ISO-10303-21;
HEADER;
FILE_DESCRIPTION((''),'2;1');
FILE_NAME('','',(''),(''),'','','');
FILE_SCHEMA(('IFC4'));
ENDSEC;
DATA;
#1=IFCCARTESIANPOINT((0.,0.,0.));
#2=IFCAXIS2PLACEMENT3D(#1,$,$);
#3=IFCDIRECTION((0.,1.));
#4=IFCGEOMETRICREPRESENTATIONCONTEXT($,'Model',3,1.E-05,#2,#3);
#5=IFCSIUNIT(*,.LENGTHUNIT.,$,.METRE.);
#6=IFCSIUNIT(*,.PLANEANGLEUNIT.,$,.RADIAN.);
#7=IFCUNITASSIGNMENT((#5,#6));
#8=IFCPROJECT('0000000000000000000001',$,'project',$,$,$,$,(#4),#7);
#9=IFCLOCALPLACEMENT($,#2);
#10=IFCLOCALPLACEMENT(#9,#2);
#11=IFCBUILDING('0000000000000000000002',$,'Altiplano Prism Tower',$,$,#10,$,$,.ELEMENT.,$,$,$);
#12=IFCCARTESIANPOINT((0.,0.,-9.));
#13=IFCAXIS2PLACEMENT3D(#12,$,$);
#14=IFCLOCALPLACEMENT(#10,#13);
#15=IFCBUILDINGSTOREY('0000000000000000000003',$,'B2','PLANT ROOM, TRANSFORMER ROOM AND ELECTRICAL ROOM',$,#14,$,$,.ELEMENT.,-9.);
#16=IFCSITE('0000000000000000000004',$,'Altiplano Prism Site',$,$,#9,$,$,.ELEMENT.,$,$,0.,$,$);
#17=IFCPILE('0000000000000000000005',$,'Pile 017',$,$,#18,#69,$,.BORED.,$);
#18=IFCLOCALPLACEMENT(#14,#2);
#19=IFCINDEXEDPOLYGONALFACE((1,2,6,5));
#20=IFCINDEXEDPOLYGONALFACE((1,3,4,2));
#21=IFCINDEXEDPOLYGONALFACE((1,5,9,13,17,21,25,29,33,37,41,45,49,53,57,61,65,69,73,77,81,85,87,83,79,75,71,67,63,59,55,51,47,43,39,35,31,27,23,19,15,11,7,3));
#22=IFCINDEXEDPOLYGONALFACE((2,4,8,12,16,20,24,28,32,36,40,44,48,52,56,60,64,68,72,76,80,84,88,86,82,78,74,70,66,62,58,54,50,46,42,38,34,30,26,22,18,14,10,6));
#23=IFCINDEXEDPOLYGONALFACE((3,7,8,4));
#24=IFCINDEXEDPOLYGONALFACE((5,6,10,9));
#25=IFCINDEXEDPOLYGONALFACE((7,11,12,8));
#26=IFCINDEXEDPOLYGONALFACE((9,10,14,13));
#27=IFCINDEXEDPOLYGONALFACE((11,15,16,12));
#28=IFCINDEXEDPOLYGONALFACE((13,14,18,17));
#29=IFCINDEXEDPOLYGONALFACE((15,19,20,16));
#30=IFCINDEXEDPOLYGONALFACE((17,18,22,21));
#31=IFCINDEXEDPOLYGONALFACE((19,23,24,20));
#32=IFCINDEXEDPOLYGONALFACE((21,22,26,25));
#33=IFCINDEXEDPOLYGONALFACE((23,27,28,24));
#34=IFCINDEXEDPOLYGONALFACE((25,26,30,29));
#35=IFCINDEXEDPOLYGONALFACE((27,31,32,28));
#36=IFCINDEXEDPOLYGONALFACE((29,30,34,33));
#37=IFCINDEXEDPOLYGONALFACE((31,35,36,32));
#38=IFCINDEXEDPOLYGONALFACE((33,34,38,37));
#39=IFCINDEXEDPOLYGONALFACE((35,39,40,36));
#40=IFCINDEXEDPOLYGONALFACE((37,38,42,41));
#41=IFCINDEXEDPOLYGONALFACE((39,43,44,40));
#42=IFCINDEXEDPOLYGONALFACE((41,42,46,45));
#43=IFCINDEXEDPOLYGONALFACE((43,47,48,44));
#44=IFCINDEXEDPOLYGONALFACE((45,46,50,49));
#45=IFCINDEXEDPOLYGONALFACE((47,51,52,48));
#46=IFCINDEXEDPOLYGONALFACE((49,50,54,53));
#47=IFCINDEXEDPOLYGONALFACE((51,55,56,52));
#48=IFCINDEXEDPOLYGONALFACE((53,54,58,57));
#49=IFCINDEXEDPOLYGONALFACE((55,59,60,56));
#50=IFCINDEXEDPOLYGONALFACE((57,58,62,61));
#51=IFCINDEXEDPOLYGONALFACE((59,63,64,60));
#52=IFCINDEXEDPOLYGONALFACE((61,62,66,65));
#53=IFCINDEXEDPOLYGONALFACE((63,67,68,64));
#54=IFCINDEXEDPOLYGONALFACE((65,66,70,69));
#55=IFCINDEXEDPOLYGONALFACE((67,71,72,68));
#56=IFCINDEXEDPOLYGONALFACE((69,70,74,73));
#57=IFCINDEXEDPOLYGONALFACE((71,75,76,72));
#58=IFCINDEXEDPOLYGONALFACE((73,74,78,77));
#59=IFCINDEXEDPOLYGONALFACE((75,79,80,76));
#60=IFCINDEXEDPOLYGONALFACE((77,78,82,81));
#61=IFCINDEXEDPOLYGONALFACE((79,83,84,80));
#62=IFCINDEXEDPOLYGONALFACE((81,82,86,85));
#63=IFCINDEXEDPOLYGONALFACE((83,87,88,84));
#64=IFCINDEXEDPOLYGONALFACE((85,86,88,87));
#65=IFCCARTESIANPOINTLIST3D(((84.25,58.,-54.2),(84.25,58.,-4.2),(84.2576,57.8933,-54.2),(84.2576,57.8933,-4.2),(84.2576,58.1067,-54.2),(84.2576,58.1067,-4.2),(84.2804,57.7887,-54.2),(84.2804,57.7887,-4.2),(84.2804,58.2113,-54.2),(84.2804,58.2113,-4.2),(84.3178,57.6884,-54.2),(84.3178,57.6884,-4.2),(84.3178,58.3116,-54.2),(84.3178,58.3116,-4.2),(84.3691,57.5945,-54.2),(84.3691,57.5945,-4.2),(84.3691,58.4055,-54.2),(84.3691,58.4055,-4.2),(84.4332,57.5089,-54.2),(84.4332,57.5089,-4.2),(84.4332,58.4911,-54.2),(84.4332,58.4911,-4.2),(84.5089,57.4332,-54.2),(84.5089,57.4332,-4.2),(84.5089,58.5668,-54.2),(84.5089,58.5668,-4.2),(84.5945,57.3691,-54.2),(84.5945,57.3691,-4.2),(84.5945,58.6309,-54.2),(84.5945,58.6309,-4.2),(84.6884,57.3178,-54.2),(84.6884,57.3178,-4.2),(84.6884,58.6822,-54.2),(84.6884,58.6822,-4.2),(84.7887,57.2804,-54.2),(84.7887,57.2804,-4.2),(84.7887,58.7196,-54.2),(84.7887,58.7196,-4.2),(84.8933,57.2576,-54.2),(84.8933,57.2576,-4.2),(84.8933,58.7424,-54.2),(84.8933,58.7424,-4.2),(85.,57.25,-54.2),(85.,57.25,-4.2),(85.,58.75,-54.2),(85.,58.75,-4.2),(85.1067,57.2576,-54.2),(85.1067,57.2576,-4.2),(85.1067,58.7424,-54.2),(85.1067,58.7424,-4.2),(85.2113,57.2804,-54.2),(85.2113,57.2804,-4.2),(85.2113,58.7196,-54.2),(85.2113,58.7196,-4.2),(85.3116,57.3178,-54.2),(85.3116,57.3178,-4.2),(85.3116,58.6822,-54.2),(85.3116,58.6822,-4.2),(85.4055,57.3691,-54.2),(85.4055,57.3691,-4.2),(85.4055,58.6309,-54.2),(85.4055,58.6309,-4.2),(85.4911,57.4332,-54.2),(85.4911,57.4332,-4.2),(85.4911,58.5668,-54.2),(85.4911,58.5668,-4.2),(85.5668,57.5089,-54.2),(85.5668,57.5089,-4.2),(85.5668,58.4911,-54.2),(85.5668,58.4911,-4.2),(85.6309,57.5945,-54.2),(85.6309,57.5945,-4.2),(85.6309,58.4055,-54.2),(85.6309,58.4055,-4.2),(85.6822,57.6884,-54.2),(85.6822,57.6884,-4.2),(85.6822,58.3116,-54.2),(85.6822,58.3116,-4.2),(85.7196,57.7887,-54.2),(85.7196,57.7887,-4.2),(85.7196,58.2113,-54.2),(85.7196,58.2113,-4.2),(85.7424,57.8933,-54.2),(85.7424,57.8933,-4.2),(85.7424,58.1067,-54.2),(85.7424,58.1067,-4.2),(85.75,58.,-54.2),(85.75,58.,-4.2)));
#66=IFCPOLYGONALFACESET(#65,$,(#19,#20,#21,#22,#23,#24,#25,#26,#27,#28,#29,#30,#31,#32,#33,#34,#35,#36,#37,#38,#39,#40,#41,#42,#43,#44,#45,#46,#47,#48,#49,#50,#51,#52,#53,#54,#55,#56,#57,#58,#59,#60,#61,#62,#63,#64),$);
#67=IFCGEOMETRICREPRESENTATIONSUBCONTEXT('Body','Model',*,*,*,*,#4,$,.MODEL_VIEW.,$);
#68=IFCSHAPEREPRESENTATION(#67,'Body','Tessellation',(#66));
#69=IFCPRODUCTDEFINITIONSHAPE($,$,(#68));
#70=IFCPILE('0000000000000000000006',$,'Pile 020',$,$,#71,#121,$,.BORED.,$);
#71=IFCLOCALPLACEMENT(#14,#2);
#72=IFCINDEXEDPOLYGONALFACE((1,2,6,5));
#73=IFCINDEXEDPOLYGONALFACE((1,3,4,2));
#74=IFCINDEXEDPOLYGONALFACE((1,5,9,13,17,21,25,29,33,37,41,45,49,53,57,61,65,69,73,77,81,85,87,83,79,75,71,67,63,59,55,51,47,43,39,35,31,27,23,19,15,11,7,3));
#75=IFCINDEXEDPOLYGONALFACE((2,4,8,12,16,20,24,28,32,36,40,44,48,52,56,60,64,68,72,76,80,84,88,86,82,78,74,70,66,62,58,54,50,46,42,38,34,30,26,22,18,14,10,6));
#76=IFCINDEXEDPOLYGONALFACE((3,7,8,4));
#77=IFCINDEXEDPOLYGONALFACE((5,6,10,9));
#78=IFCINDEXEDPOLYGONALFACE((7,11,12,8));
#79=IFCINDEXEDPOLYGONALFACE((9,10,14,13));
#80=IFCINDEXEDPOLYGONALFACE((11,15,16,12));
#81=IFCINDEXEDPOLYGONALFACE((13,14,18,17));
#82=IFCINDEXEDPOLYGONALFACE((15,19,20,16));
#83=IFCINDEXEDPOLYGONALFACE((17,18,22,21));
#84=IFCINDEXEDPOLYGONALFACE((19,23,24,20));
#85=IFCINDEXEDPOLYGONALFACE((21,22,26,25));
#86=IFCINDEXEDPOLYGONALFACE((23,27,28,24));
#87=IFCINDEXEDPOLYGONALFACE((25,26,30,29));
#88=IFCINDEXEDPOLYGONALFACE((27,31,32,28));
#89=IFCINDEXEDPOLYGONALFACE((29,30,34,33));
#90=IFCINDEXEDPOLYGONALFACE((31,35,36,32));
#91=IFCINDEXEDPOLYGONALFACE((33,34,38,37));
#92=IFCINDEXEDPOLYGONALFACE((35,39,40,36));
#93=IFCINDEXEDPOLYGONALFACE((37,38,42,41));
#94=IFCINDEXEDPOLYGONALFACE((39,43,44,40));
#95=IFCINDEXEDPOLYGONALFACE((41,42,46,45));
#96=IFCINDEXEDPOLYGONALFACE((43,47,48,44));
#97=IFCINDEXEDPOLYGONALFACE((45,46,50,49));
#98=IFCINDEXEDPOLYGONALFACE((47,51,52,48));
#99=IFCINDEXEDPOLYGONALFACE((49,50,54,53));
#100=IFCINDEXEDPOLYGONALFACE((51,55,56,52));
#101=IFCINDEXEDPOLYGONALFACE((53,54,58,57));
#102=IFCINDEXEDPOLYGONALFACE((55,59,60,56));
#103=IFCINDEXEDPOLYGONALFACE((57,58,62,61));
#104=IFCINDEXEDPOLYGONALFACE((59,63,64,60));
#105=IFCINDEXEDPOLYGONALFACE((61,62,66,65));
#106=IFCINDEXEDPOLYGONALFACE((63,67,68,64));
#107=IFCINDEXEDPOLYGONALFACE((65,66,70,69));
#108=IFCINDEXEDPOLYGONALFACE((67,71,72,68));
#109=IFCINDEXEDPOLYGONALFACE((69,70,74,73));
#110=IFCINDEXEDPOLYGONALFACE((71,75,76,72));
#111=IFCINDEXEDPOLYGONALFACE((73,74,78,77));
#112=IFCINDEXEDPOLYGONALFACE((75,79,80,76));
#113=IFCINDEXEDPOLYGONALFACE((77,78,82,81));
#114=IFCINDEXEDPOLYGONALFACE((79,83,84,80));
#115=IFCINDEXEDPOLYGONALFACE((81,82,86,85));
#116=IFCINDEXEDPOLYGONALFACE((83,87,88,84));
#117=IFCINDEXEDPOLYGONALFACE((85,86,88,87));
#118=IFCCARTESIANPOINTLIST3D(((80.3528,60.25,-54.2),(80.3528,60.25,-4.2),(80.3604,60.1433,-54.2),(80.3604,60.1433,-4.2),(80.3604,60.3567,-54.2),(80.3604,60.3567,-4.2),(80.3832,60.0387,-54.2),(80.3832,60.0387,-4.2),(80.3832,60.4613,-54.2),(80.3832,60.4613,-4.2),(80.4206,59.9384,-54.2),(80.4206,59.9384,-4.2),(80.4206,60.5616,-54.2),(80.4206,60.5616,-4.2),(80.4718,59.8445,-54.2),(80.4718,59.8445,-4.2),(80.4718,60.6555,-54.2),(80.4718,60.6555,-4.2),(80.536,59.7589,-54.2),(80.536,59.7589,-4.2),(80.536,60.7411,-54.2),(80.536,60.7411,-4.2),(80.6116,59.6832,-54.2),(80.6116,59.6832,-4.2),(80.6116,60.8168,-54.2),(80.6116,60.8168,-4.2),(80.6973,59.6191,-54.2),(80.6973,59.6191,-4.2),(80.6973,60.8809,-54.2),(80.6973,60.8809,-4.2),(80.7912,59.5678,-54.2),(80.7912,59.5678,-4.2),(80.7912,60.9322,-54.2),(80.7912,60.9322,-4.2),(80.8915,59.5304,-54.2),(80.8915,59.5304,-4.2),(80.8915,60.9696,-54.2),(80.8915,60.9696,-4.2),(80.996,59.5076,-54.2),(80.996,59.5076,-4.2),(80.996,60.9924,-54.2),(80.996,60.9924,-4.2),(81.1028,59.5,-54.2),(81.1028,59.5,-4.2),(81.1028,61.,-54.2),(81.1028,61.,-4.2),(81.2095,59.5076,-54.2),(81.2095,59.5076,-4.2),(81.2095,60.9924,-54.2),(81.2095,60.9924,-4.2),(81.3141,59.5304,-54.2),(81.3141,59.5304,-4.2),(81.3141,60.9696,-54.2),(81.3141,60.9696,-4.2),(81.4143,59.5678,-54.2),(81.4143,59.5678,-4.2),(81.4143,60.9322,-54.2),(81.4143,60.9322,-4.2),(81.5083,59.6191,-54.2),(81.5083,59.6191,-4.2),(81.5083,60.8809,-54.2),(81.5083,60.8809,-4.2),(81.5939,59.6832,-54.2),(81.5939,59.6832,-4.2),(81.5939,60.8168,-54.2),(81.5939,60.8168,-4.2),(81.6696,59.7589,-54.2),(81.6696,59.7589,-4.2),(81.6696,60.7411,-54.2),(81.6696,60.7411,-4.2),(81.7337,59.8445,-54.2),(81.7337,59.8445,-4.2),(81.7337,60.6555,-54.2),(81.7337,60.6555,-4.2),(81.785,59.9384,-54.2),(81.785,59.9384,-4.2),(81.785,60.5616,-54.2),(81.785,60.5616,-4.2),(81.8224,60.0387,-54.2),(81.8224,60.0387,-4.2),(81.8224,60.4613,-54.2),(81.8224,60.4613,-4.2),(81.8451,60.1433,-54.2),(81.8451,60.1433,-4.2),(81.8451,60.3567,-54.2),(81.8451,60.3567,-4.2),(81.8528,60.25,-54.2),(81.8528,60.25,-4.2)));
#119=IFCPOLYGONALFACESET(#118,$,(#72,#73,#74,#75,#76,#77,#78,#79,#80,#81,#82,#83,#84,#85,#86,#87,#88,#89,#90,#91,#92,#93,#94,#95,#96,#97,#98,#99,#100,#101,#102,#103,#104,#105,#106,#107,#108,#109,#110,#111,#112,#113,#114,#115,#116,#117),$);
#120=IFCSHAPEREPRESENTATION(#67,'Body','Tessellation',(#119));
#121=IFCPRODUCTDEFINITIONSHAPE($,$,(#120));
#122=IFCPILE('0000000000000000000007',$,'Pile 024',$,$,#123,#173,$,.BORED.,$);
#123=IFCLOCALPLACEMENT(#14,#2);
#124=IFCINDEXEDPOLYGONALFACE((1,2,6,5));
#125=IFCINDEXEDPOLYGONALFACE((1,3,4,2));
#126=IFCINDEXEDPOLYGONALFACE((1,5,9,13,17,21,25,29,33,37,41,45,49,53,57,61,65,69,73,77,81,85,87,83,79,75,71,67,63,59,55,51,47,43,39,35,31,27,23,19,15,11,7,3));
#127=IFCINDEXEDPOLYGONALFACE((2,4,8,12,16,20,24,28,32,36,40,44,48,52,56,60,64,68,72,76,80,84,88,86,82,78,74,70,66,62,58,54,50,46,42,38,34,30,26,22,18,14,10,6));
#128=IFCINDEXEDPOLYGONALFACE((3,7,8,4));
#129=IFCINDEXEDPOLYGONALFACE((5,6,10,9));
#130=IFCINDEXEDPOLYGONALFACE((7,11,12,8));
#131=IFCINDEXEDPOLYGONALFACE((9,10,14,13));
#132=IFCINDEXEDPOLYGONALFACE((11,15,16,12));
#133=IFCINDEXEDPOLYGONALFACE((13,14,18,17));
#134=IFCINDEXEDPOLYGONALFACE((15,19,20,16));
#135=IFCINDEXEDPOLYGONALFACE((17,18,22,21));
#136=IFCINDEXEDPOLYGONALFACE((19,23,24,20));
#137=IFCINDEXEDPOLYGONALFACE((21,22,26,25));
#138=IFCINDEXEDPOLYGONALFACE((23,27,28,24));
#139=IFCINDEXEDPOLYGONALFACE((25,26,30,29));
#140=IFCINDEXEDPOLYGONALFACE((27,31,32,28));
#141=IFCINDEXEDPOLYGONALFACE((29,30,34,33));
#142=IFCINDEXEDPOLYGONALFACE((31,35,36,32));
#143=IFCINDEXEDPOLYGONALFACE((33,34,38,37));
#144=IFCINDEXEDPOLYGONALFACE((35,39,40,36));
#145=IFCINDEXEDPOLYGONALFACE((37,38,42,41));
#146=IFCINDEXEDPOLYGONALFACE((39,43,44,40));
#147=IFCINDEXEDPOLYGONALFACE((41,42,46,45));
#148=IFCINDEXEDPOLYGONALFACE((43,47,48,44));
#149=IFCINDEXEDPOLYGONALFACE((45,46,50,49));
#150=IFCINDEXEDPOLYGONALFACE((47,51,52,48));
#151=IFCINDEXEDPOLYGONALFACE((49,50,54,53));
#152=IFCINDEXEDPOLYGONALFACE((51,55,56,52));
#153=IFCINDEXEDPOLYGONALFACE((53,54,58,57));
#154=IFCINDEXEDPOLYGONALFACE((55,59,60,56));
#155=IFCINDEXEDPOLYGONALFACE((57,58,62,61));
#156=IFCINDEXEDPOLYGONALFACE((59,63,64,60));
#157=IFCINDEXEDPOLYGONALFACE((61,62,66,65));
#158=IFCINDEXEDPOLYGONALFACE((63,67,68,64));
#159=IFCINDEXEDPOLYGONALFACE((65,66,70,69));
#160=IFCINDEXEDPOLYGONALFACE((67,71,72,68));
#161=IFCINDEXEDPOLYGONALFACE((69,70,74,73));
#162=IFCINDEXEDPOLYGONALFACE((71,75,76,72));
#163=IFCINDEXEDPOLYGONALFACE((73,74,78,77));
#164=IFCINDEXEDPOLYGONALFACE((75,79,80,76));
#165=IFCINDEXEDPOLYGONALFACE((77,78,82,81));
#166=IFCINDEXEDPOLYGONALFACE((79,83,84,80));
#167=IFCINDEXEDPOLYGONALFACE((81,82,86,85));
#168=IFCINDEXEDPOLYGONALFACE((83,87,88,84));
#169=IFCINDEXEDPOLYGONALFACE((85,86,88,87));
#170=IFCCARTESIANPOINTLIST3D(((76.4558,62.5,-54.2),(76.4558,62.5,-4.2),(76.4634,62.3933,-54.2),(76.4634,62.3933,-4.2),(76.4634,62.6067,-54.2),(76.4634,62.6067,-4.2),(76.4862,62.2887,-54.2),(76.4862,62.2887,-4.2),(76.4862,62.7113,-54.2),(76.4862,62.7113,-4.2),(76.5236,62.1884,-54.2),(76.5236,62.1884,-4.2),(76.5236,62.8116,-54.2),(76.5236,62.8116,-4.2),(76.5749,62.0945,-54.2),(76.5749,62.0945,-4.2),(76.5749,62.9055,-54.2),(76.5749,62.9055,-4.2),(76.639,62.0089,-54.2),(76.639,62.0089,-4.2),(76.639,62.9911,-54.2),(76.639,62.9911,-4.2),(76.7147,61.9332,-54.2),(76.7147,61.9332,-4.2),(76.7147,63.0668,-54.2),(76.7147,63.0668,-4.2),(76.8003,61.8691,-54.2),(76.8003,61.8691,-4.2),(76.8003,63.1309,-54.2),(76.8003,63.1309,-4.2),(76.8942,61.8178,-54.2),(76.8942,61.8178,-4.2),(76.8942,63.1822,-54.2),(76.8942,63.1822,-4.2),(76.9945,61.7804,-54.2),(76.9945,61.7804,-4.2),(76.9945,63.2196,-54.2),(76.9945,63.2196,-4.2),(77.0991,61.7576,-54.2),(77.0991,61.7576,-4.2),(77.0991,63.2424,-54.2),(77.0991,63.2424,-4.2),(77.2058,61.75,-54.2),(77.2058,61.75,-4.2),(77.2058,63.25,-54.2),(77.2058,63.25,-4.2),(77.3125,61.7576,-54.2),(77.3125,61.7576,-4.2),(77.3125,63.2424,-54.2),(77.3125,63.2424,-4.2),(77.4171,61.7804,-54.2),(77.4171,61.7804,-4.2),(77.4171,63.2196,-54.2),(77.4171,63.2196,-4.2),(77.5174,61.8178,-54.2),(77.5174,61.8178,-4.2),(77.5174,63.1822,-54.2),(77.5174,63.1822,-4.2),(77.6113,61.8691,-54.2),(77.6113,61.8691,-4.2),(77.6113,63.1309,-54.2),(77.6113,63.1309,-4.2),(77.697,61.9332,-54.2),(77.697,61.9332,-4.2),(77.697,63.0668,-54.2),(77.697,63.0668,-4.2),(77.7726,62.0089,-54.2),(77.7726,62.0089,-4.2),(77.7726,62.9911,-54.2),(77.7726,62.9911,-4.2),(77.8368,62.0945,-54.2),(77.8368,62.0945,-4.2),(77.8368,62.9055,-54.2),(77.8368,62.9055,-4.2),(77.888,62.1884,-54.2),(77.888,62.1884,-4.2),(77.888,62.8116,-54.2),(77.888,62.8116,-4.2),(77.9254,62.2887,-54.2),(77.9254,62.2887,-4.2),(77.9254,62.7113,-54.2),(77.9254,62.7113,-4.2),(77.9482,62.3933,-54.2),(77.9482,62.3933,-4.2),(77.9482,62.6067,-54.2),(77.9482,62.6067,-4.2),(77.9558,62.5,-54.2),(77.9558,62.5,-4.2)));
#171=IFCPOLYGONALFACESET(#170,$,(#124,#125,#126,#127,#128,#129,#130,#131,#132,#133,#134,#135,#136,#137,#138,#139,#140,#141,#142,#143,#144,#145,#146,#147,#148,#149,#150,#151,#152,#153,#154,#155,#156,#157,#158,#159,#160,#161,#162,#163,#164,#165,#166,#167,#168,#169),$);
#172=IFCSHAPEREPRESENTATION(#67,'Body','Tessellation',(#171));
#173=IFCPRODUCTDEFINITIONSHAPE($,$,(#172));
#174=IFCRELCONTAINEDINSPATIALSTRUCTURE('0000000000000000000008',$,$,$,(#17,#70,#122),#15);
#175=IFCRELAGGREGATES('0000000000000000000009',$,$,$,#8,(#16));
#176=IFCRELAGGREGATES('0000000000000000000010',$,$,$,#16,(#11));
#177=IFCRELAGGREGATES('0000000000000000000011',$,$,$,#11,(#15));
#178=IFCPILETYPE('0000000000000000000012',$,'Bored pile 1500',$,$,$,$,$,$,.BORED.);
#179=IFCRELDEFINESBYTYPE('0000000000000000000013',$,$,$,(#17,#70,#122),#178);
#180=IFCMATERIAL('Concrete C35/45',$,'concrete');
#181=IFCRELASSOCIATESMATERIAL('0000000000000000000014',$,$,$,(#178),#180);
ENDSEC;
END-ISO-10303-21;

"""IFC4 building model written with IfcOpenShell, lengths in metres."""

from ifc_helpers import new_model, si_unit, direction, frame, origin, origin_2d, place, context, subcontext, project, spatial, circle, extrude, material, material_profile, profile_set, type_object, element, save


model = new_model("IFC4")

# Units and contexts
model_context = context("Model", 3, precision=1e-05, world=origin(), true_north=direction((0.0, 1.0)))
body_context = subcontext(model_context, "Body", "Model", "MODEL_VIEW")
ifc_project = project(units=[si_unit("LENGTHUNIT", "METRE"), si_unit("PLANEANGLEUNIT", "RADIAN")], contexts=[model_context])

# Site, building, storey
site_placement = place(None, origin())
site = spatial("IfcSite", under=ifc_project, at=site_placement, Name="Altiplano Prism Site", CompositionType="ELEMENT", RefElevation=0.0)
building_placement = place(site_placement, origin())
building = spatial("IfcBuilding", under=site, at=building_placement, Name="Altiplano Prism Tower", CompositionType="ELEMENT")
storey_placement = place(building_placement, frame((0.0, 0.0, -9.0)))
storey = spatial("IfcBuildingStorey", under=building, at=storey_placement, Name="B2", Description="PLANT ROOM, TRANSFORMER ROOM AND ELECTRICAL ROOM", CompositionType="ELEMENT", Elevation=-9.0)

# Piles
ifc_material_1 = material(Name="Concrete C35/45", Category="concrete")
ifc_material_profile_1 = material_profile(ifc_material_1, circle(Radius=0.75, at=origin_2d()), Name="Bored pile 1500")
ifc_profile_set_1 = profile_set([ifc_material_profile_1], Name="Concrete C35/45")
pile_type = type_object("IfcPileType", Name="Bored pile 1500", PredefinedType="BORED", material=ifc_profile_set_1)
for number, where, z_axis, x_axis, name in (
    (1, (85.0, 58.0, -4.2), (0.0, 0.0, -1.0), (1.0, 0.0, 0.0), "Pile 017"),
    (2, (81.1028, 60.25, -4.2), (0.0, 0.0, -1.0), (1.0, 0.0, 0.0), "Pile 020"),
    (3, (77.2058, 62.5, -4.2), (0.0, 0.0, -1.0), (1.0, 0.0, 0.0), "Pile 024"),
):
    element("IfcPile", number, at=place(storey_placement, frame(where, z_axis=z_axis, x_axis=x_axis)), inside=storey, type_object=pile_type, Name=name, PredefinedType="BORED", context=body_context, shape_type="SweptSolid", body=[
        extrude(circle(Radius=0.75, at=origin_2d()), origin(), (0.0, 0.0, 1.0), 50.0),
    ])

save(model, "model.ifc")
